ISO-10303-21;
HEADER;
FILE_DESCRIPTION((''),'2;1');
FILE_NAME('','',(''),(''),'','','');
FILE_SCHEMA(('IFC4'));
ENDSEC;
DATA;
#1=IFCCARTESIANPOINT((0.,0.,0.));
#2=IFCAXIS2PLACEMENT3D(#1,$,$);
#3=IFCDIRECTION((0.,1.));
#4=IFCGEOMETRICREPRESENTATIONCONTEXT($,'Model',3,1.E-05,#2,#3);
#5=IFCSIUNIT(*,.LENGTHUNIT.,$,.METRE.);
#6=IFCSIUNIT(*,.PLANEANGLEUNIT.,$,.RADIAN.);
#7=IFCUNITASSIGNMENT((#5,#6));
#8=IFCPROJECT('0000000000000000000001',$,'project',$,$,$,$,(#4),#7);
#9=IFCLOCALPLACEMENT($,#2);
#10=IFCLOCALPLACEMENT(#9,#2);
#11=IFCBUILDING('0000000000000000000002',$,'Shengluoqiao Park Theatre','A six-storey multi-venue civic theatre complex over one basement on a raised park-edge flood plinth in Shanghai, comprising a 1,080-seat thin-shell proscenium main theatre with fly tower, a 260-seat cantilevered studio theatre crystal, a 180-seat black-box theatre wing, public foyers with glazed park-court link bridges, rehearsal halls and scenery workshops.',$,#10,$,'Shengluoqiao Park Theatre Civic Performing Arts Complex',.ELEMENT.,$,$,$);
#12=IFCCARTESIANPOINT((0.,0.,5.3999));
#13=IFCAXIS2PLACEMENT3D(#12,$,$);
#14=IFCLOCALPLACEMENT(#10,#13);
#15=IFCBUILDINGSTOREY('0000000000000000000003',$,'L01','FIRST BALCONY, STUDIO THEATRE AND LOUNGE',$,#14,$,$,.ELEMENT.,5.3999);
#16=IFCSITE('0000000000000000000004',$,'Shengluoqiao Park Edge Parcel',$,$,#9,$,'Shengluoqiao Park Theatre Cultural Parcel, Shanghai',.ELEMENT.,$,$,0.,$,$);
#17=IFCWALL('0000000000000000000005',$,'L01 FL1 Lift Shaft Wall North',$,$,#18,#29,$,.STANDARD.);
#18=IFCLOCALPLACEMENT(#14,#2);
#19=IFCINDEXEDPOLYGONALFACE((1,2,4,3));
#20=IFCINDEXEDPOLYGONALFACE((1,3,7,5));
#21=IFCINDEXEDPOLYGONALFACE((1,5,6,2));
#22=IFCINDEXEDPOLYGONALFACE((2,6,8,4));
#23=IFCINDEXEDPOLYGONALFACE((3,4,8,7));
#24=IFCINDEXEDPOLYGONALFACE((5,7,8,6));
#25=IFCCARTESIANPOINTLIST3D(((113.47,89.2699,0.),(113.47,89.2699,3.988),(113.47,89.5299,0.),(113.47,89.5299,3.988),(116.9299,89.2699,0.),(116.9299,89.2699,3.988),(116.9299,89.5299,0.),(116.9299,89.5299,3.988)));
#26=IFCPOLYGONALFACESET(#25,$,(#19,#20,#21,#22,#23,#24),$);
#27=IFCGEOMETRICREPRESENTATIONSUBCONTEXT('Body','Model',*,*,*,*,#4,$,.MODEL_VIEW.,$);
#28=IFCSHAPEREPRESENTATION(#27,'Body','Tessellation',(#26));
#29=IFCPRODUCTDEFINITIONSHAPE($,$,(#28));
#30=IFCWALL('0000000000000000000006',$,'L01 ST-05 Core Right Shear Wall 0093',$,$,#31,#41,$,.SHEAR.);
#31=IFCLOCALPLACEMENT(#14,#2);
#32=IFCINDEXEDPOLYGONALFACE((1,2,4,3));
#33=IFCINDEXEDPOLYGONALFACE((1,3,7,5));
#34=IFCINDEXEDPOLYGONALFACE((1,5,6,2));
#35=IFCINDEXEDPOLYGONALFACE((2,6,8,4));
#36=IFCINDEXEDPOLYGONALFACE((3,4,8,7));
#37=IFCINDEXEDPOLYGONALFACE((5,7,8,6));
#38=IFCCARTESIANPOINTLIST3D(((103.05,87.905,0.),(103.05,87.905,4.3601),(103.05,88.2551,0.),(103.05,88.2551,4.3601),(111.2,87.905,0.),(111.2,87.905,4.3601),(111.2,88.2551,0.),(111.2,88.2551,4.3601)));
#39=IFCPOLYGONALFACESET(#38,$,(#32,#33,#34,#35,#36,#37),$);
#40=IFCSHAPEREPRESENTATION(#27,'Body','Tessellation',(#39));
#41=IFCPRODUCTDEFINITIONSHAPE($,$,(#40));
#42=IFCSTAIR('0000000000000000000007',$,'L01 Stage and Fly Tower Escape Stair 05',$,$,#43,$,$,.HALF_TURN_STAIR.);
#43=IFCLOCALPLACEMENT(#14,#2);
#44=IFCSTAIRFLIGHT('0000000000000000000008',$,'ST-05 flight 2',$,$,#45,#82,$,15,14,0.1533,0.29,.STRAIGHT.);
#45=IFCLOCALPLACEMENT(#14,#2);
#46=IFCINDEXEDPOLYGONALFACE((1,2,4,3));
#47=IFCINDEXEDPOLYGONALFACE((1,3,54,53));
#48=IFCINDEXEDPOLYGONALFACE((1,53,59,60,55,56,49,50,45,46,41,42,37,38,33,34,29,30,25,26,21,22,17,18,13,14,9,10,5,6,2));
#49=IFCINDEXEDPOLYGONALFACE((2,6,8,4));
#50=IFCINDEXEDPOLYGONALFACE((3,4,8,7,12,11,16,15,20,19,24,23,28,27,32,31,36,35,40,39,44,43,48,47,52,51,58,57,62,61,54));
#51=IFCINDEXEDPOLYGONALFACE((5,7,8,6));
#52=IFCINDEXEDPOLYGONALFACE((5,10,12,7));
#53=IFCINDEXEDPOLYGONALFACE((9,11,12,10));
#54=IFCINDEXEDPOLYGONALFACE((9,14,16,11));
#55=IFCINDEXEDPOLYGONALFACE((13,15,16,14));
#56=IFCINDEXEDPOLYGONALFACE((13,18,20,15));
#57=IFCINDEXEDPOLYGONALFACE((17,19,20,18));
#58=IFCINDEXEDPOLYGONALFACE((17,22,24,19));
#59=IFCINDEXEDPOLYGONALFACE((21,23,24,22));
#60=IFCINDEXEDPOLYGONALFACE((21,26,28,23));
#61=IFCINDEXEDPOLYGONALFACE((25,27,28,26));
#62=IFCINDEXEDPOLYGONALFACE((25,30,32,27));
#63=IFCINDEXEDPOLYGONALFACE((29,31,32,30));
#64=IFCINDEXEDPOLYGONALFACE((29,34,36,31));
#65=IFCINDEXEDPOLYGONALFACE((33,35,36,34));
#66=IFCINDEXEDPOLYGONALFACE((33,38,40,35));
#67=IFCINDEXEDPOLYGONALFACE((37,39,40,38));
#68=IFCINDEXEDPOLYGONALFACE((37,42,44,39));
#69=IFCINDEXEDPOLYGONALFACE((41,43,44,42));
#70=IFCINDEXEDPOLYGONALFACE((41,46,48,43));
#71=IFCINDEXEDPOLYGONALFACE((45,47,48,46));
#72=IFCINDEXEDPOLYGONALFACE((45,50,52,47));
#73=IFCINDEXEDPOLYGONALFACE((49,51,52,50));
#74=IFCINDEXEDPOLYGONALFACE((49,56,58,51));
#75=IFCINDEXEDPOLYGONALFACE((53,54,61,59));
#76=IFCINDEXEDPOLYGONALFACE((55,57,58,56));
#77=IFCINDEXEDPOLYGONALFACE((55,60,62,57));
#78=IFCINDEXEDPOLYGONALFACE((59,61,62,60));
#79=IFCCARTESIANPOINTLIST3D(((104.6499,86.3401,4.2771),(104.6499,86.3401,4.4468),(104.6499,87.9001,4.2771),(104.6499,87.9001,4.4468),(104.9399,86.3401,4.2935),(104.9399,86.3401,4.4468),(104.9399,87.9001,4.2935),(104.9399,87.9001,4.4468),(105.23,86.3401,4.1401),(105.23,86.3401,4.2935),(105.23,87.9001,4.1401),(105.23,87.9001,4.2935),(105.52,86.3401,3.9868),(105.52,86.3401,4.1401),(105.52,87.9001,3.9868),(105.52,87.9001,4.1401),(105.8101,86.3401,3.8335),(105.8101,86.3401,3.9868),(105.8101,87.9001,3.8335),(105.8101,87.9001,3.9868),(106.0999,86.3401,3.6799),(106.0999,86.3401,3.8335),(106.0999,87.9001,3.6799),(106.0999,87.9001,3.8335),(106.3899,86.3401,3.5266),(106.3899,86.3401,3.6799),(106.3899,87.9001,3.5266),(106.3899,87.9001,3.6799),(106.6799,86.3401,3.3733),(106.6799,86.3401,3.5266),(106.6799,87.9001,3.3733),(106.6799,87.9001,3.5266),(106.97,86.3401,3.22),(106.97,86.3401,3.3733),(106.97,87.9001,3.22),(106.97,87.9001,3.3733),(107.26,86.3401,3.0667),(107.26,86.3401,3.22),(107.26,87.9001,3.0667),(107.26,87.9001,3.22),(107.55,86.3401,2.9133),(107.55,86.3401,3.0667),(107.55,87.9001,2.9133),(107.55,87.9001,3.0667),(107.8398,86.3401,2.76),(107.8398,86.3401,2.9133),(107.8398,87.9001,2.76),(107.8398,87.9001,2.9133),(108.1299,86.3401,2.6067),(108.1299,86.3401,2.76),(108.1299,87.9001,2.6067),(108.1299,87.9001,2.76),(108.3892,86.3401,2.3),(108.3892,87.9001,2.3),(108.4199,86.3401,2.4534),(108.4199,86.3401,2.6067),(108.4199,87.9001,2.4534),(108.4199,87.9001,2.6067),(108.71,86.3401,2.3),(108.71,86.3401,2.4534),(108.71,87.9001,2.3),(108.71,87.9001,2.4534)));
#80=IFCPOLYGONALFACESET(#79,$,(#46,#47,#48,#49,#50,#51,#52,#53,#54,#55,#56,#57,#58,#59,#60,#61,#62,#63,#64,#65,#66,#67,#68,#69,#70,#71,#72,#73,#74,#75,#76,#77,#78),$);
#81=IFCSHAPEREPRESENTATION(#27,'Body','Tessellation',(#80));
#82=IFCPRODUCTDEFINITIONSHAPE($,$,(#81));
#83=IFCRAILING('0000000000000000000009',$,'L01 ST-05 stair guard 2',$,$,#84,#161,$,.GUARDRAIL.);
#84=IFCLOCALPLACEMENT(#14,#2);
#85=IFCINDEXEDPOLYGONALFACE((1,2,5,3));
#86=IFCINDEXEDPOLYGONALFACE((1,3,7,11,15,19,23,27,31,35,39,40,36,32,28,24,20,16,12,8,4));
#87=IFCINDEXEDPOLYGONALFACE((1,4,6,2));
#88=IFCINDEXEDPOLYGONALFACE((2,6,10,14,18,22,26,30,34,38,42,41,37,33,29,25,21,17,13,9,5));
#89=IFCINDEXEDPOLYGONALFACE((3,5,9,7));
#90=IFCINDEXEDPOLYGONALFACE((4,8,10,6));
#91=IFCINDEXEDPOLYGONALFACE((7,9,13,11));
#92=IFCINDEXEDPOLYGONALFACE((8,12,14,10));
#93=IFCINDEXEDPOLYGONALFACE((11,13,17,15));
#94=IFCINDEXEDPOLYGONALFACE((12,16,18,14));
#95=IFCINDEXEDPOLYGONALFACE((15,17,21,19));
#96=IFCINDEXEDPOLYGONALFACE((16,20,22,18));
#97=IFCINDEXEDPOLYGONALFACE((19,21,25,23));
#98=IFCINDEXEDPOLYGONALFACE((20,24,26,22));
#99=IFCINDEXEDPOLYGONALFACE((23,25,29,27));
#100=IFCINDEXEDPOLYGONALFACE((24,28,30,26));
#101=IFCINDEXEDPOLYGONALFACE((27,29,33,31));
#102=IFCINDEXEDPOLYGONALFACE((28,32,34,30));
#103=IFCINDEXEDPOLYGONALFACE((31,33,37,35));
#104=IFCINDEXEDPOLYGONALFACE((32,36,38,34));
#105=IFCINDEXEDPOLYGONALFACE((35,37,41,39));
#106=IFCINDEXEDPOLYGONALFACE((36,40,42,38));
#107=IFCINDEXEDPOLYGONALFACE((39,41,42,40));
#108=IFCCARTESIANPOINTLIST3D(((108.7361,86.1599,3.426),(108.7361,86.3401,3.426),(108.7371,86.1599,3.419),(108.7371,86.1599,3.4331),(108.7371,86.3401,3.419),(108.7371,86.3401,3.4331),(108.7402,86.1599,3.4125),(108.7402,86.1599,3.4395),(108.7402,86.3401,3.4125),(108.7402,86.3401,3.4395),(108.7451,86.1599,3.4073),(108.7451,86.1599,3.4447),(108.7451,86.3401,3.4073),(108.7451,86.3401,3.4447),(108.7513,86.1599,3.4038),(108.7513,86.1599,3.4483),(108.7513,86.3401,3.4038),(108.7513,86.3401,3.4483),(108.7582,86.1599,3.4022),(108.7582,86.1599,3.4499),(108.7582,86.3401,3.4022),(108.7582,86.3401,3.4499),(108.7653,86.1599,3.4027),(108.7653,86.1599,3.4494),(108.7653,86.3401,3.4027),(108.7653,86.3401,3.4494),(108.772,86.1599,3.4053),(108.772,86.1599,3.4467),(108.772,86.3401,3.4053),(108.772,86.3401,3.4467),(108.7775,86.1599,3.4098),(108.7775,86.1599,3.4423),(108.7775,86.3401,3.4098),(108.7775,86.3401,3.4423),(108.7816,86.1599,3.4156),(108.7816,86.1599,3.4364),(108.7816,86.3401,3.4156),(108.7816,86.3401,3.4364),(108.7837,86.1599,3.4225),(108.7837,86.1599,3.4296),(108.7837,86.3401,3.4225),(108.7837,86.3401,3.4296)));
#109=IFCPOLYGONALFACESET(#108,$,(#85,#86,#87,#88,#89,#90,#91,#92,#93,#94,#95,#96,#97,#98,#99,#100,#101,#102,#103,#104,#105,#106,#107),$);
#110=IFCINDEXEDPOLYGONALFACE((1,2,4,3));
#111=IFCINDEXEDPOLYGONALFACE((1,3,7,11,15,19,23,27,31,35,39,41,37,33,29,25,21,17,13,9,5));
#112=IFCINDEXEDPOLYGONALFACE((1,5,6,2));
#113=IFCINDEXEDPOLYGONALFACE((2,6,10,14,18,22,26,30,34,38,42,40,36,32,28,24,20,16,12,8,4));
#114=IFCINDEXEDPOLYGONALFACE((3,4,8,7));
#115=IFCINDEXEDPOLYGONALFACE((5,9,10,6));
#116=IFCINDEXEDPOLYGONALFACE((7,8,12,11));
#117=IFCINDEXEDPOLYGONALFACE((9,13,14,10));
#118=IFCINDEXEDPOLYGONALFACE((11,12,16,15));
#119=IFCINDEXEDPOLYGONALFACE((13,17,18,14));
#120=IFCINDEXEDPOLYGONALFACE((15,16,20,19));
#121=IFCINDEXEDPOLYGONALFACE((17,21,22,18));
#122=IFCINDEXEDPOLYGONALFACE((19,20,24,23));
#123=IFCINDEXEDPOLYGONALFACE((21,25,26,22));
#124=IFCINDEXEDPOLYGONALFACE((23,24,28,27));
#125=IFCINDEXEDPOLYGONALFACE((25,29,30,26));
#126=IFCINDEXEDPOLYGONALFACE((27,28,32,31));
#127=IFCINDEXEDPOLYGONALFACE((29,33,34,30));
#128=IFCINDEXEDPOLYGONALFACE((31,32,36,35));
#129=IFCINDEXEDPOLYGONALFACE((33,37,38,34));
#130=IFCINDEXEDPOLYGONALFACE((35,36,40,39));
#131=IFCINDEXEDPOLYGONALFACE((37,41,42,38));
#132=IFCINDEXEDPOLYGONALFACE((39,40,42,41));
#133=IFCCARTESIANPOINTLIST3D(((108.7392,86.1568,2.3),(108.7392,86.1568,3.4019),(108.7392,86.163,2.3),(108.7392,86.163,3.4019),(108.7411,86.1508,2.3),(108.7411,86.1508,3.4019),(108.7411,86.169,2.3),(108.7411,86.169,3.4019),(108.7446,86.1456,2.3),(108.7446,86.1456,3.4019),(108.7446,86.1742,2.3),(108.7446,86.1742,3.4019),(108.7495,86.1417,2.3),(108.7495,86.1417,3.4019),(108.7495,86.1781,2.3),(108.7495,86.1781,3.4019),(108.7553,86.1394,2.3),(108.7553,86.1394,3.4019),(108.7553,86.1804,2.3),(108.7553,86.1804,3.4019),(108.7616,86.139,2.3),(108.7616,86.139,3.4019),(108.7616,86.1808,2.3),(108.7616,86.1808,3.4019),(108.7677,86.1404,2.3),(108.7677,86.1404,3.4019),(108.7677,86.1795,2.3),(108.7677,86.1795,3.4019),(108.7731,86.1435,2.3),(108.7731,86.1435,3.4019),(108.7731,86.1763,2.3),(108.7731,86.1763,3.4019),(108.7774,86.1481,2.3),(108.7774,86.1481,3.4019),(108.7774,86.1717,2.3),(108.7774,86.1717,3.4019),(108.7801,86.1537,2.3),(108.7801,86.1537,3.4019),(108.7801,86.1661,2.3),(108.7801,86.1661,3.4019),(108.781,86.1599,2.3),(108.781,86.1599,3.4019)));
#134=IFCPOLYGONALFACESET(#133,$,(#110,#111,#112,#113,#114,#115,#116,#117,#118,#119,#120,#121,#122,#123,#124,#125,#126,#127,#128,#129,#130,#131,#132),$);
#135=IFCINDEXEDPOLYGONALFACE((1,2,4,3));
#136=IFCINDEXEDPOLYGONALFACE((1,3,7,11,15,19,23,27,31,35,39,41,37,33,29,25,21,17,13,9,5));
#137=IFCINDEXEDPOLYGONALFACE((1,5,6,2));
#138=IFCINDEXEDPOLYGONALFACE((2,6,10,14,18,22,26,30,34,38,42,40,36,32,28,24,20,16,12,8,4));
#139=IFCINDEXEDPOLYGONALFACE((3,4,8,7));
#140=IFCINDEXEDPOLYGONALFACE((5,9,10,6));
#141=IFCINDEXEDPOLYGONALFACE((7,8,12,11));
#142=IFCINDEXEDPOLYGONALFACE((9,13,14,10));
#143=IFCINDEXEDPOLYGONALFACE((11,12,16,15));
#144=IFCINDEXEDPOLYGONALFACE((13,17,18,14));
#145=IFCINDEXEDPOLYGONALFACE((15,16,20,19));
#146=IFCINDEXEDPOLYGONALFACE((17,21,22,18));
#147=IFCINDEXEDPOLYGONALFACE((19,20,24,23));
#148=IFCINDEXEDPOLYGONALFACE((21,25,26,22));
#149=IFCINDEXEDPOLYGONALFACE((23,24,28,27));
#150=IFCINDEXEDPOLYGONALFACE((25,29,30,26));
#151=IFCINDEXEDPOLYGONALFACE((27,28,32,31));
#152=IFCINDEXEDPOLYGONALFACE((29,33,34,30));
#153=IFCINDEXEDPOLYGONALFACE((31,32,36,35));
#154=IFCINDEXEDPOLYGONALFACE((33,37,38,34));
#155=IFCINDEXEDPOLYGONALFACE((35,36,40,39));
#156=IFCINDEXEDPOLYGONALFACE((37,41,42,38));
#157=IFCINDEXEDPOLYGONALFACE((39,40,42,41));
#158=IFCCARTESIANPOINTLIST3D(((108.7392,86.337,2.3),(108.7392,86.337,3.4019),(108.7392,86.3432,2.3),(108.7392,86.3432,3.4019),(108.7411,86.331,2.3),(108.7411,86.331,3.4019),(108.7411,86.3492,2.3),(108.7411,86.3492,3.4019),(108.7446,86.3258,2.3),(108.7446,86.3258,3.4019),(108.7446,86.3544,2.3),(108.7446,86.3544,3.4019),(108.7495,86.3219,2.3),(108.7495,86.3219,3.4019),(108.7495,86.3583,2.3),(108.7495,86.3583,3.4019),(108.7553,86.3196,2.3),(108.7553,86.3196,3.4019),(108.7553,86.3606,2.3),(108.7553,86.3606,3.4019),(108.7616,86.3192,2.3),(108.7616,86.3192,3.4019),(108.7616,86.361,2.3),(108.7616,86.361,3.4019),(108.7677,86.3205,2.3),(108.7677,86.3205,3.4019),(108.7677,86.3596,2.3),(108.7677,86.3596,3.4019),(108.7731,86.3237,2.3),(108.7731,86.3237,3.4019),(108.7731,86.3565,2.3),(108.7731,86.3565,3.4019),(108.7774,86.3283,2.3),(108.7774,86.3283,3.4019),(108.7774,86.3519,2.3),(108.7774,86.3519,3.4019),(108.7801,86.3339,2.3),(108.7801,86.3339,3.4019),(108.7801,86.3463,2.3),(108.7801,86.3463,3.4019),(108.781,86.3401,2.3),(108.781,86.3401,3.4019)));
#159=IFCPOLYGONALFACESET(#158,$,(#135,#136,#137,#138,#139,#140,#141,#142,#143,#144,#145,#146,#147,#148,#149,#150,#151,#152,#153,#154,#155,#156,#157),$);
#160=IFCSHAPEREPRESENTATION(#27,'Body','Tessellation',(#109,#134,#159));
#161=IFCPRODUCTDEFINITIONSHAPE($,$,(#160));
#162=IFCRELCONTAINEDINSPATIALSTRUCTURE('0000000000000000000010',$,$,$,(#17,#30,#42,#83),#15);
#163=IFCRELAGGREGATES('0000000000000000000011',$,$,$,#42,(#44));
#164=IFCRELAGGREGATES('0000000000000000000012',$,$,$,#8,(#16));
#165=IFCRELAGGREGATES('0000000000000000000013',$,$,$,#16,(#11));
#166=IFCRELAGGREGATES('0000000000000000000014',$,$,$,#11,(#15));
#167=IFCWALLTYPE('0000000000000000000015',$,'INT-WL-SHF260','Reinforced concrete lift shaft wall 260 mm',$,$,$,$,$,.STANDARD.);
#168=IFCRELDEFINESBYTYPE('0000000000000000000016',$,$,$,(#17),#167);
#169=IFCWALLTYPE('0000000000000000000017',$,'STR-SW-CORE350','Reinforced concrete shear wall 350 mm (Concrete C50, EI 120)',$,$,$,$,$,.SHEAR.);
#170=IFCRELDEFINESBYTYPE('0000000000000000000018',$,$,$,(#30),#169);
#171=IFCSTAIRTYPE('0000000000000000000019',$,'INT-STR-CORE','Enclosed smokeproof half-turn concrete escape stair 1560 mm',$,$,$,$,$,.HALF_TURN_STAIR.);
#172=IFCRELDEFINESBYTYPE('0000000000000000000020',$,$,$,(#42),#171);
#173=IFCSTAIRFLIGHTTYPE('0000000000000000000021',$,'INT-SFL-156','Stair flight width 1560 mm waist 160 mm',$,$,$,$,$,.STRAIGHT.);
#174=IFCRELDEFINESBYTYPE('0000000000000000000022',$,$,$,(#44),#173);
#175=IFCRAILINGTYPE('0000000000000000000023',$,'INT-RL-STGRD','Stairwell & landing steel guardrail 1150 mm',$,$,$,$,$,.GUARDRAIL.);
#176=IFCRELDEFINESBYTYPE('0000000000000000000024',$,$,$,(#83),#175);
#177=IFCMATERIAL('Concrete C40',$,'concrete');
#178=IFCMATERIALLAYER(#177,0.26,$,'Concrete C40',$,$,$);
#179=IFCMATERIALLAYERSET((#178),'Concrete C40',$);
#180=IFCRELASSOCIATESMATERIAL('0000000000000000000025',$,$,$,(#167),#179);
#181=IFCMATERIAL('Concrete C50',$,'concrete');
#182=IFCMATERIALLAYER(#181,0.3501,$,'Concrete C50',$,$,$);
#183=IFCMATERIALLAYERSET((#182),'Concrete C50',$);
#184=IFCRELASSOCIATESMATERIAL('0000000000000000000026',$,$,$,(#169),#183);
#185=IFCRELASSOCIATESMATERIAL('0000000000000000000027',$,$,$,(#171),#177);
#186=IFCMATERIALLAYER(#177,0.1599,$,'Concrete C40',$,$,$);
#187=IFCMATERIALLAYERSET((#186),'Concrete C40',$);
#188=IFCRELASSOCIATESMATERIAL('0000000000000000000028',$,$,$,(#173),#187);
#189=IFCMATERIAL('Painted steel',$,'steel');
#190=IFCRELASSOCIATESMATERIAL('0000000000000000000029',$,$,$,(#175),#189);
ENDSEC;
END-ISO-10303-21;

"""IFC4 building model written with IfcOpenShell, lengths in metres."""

from ifc_helpers import new_model, si_unit, direction, frame, frame_2d, origin, origin_2d, place, context, subcontext, project, spatial, polyline, rectangle, circle, outline, extrude, material, layer, layer_set, type_object, element, aggregate, save


model = new_model("IFC4")

# Units and contexts
model_context = context("Model", 3, precision=1e-05, world=origin(), true_north=direction((0.0, 1.0)))
body_context = subcontext(model_context, "Body", "Model", "MODEL_VIEW")
ifc_project = project(units=[si_unit("LENGTHUNIT", "METRE"), si_unit("PLANEANGLEUNIT", "RADIAN")], contexts=[model_context])

# Site, building, storey
site_placement = place(None, origin())
site = spatial("IfcSite", under=ifc_project, at=site_placement, Name="Shengluoqiao Park Edge Parcel", LongName="Shengluoqiao Park Theatre Cultural Parcel, Shanghai", CompositionType="ELEMENT", RefElevation=0.0)
building_placement = place(site_placement, origin())
building = spatial("IfcBuilding", under=site, at=building_placement, Name="Shengluoqiao Park Theatre", Description="A six-storey multi-venue civic theatre complex over one basement on a raised park-edge flood plinth in Shanghai, comprising a 1,080-seat thin-shell proscenium main theatre with fly tower, a 260-seat cantilevered studio theatre crystal, a 180-seat black-box theatre wing, public foyers with glazed park-court link bridges, rehearsal halls and scenery workshops.", LongName="Shengluoqiao Park Theatre Civic Performing Arts Complex", CompositionType="ELEMENT")
storey_placement = place(building_placement, frame((0.0, 0.0, 5.3999)))
storey = spatial("IfcBuildingStorey", under=building, at=storey_placement, Name="L01", Description="FIRST BALCONY, STUDIO THEATRE AND LOUNGE", CompositionType="ELEMENT", Elevation=5.3999)

# Shared definitions
ifc_material_1 = material(Name="Concrete C50", Category="concrete")

# Walls
ifc_material_2 = material(Name="Concrete C40", Category="concrete")
ifc_layer_1 = layer(ifc_material_2, 0.26, Name="Concrete C40")
ifc_layer_set_1 = layer_set([ifc_layer_1], Name="Concrete C40")
wall_type_1 = type_object("IfcWallType", Name="INT-WL-SHF260", Description="Reinforced concrete lift shaft wall 260 mm", PredefinedType="STANDARD", material=ifc_layer_set_1)
wall_1_placement = place(storey_placement, frame((113.47, 89.3999, 0.0), z_axis=(0.0, 0.0, 1.0), x_axis=(1.0, 0.0, 0.0)))
element("IfcWall", 1, at=wall_1_placement, inside=storey, type_object=wall_type_1, Name="L01 FL1 Lift Shaft Wall North", PredefinedType="STANDARD", context=body_context, shape_type="SweptSolid", body=[
    extrude(rectangle(XDim=3.46, YDim=0.26, at=frame_2d((1.73, 0.0))), origin(), (0.0, 0.0, 1.0), 3.988),
])
ifc_layer_2 = layer(ifc_material_1, 0.3501, Name="Concrete C50")
ifc_layer_set_2 = layer_set([ifc_layer_2], Name="Concrete C50")
wall_type_2 = type_object("IfcWallType", Name="STR-SW-CORE350", Description="Reinforced concrete shear wall 350 mm (Concrete C50, EI 120)", PredefinedType="SHEAR", material=ifc_layer_set_2)
wall_2_placement = place(storey_placement, frame((111.2, 88.0801, 0.0), z_axis=(0.0, 0.0, 1.0), x_axis=(-1.0, 0.0, 0.0)))
element("IfcWall", 2, at=wall_2_placement, inside=storey, type_object=wall_type_2, Name="L01 ST-05 Core Right Shear Wall 0093", PredefinedType="SHEAR", context=body_context, shape_type="SweptSolid", body=[
    extrude(rectangle(XDim=8.1499, YDim=0.3501, at=frame_2d((4.075, 0.0))), origin(), (0.0, 0.0, 1.0), 4.3601),
])

# Stair, stair flight
stair_type = type_object("IfcStairType", Name="INT-STR-CORE", Description="Enclosed smokeproof half-turn concrete escape stair 1560 mm", PredefinedType="HALF_TURN_STAIR", material=ifc_material_2)
stair_placement = place(storey_placement, origin())
stair = element("IfcStair", 3, at=stair_placement, inside=storey, type_object=stair_type, Name="L01 Stage and Fly Tower Escape Stair 05", PredefinedType="HALF_TURN_STAIR")
ifc_layer_3 = layer(ifc_material_2, 0.1599, Name="Concrete C40")
ifc_layer_set_3 = layer_set([ifc_layer_3], Name="Concrete C40")
stair_flight_type = type_object("IfcStairFlightType", Name="INT-SFL-156", Description="Stair flight width 1560 mm waist 160 mm", PredefinedType="STRAIGHT", material=ifc_layer_set_3)
stair_flight_placement = place(storey_placement, frame((108.71, 87.1201, 2.3), z_axis=(0.0, 0.0, 1.0), x_axis=(-1.0, 0.0, 0.0)))
stair_flight = element("IfcStairFlight", 4, at=stair_flight_placement, type_object=stair_flight_type, Name="ST-05 flight 2", NumberOfRisers=15, NumberOfTreads=14, PredefinedType="STRAIGHT", RiserHeight=0.1533, TreadLength=0.29, context=body_context, shape_type="SweptSolid", body=[
    extrude(outline(polyline([(0.0, 0.0), (0.0, 0.1533), (0.29, 0.1533), (0.29, 0.3066), (0.5801, 0.3066), (0.5801, 0.46), (0.8701, 0.46), (0.8701, 0.6133), (1.1599, 0.6133), (1.1599, 0.7666), (1.45, 0.7666), (1.45, 0.9199), (1.74, 0.9199), (1.74, 1.0732), (2.03, 1.0732), (2.03, 1.2266), (2.3201, 1.2266), (2.3201, 1.3799), (2.6101, 1.3799), (2.6101, 1.5334), (2.8999, 1.5334), (2.8999, 1.6868), (3.1899, 1.6868), (3.1899, 1.8401), (3.48, 1.8401), (3.48, 1.9934), (3.77, 1.9934), (3.77, 2.1467), (4.0601, 2.1467), (4.0601, 2.3), (4.0601, 1.9771), (0.3208, 0.0), (0.0, 0.0)])), frame((0.0, 0.78, 0.0), z_axis=(0.0, -1.0, 0.0), x_axis=(1.0, 0.0, 0.0)), (0.0, 0.0, 1.0), 1.5601),
])
aggregate(stair, [stair_flight])

# Railing
ifc_material_3 = material(Name="Painted steel", Category="steel")
railing_type_1 = type_object("IfcRailingType", Name="INT-RL-STGRD", Description="Stairwell & landing steel guardrail 1150 mm", PredefinedType="GUARDRAIL", material=ifc_material_3)
railing_1_placement = place(storey_placement, frame((108.76, 86.1599, 2.3)))
element("IfcRailing", 5, at=railing_1_placement, inside=storey, type_object=railing_type_1, Name="L01 ST-05 stair guard 2", PredefinedType="GUARDRAIL", context=body_context, shape_type="SweptSolid", body=[
    extrude(circle(Radius=0.0239, at=origin_2d()), frame((0.0, 0.0, 1.126), z_axis=(0.0, 1.0, 0.0), x_axis=(-1.0, 0.0, 0.0)), (0.0, 0.0, 1.0), 0.1802),
    extrude(circle(Radius=0.021, at=origin_2d()), origin(), (0.0, 0.0, 1.0), 1.1018),
    extrude(circle(Radius=0.021, at=origin_2d()), frame((0.0, 0.1802, 0.0)), (0.0, 0.0, 1.0), 1.1018),
])

save(model, "model.ifc")
